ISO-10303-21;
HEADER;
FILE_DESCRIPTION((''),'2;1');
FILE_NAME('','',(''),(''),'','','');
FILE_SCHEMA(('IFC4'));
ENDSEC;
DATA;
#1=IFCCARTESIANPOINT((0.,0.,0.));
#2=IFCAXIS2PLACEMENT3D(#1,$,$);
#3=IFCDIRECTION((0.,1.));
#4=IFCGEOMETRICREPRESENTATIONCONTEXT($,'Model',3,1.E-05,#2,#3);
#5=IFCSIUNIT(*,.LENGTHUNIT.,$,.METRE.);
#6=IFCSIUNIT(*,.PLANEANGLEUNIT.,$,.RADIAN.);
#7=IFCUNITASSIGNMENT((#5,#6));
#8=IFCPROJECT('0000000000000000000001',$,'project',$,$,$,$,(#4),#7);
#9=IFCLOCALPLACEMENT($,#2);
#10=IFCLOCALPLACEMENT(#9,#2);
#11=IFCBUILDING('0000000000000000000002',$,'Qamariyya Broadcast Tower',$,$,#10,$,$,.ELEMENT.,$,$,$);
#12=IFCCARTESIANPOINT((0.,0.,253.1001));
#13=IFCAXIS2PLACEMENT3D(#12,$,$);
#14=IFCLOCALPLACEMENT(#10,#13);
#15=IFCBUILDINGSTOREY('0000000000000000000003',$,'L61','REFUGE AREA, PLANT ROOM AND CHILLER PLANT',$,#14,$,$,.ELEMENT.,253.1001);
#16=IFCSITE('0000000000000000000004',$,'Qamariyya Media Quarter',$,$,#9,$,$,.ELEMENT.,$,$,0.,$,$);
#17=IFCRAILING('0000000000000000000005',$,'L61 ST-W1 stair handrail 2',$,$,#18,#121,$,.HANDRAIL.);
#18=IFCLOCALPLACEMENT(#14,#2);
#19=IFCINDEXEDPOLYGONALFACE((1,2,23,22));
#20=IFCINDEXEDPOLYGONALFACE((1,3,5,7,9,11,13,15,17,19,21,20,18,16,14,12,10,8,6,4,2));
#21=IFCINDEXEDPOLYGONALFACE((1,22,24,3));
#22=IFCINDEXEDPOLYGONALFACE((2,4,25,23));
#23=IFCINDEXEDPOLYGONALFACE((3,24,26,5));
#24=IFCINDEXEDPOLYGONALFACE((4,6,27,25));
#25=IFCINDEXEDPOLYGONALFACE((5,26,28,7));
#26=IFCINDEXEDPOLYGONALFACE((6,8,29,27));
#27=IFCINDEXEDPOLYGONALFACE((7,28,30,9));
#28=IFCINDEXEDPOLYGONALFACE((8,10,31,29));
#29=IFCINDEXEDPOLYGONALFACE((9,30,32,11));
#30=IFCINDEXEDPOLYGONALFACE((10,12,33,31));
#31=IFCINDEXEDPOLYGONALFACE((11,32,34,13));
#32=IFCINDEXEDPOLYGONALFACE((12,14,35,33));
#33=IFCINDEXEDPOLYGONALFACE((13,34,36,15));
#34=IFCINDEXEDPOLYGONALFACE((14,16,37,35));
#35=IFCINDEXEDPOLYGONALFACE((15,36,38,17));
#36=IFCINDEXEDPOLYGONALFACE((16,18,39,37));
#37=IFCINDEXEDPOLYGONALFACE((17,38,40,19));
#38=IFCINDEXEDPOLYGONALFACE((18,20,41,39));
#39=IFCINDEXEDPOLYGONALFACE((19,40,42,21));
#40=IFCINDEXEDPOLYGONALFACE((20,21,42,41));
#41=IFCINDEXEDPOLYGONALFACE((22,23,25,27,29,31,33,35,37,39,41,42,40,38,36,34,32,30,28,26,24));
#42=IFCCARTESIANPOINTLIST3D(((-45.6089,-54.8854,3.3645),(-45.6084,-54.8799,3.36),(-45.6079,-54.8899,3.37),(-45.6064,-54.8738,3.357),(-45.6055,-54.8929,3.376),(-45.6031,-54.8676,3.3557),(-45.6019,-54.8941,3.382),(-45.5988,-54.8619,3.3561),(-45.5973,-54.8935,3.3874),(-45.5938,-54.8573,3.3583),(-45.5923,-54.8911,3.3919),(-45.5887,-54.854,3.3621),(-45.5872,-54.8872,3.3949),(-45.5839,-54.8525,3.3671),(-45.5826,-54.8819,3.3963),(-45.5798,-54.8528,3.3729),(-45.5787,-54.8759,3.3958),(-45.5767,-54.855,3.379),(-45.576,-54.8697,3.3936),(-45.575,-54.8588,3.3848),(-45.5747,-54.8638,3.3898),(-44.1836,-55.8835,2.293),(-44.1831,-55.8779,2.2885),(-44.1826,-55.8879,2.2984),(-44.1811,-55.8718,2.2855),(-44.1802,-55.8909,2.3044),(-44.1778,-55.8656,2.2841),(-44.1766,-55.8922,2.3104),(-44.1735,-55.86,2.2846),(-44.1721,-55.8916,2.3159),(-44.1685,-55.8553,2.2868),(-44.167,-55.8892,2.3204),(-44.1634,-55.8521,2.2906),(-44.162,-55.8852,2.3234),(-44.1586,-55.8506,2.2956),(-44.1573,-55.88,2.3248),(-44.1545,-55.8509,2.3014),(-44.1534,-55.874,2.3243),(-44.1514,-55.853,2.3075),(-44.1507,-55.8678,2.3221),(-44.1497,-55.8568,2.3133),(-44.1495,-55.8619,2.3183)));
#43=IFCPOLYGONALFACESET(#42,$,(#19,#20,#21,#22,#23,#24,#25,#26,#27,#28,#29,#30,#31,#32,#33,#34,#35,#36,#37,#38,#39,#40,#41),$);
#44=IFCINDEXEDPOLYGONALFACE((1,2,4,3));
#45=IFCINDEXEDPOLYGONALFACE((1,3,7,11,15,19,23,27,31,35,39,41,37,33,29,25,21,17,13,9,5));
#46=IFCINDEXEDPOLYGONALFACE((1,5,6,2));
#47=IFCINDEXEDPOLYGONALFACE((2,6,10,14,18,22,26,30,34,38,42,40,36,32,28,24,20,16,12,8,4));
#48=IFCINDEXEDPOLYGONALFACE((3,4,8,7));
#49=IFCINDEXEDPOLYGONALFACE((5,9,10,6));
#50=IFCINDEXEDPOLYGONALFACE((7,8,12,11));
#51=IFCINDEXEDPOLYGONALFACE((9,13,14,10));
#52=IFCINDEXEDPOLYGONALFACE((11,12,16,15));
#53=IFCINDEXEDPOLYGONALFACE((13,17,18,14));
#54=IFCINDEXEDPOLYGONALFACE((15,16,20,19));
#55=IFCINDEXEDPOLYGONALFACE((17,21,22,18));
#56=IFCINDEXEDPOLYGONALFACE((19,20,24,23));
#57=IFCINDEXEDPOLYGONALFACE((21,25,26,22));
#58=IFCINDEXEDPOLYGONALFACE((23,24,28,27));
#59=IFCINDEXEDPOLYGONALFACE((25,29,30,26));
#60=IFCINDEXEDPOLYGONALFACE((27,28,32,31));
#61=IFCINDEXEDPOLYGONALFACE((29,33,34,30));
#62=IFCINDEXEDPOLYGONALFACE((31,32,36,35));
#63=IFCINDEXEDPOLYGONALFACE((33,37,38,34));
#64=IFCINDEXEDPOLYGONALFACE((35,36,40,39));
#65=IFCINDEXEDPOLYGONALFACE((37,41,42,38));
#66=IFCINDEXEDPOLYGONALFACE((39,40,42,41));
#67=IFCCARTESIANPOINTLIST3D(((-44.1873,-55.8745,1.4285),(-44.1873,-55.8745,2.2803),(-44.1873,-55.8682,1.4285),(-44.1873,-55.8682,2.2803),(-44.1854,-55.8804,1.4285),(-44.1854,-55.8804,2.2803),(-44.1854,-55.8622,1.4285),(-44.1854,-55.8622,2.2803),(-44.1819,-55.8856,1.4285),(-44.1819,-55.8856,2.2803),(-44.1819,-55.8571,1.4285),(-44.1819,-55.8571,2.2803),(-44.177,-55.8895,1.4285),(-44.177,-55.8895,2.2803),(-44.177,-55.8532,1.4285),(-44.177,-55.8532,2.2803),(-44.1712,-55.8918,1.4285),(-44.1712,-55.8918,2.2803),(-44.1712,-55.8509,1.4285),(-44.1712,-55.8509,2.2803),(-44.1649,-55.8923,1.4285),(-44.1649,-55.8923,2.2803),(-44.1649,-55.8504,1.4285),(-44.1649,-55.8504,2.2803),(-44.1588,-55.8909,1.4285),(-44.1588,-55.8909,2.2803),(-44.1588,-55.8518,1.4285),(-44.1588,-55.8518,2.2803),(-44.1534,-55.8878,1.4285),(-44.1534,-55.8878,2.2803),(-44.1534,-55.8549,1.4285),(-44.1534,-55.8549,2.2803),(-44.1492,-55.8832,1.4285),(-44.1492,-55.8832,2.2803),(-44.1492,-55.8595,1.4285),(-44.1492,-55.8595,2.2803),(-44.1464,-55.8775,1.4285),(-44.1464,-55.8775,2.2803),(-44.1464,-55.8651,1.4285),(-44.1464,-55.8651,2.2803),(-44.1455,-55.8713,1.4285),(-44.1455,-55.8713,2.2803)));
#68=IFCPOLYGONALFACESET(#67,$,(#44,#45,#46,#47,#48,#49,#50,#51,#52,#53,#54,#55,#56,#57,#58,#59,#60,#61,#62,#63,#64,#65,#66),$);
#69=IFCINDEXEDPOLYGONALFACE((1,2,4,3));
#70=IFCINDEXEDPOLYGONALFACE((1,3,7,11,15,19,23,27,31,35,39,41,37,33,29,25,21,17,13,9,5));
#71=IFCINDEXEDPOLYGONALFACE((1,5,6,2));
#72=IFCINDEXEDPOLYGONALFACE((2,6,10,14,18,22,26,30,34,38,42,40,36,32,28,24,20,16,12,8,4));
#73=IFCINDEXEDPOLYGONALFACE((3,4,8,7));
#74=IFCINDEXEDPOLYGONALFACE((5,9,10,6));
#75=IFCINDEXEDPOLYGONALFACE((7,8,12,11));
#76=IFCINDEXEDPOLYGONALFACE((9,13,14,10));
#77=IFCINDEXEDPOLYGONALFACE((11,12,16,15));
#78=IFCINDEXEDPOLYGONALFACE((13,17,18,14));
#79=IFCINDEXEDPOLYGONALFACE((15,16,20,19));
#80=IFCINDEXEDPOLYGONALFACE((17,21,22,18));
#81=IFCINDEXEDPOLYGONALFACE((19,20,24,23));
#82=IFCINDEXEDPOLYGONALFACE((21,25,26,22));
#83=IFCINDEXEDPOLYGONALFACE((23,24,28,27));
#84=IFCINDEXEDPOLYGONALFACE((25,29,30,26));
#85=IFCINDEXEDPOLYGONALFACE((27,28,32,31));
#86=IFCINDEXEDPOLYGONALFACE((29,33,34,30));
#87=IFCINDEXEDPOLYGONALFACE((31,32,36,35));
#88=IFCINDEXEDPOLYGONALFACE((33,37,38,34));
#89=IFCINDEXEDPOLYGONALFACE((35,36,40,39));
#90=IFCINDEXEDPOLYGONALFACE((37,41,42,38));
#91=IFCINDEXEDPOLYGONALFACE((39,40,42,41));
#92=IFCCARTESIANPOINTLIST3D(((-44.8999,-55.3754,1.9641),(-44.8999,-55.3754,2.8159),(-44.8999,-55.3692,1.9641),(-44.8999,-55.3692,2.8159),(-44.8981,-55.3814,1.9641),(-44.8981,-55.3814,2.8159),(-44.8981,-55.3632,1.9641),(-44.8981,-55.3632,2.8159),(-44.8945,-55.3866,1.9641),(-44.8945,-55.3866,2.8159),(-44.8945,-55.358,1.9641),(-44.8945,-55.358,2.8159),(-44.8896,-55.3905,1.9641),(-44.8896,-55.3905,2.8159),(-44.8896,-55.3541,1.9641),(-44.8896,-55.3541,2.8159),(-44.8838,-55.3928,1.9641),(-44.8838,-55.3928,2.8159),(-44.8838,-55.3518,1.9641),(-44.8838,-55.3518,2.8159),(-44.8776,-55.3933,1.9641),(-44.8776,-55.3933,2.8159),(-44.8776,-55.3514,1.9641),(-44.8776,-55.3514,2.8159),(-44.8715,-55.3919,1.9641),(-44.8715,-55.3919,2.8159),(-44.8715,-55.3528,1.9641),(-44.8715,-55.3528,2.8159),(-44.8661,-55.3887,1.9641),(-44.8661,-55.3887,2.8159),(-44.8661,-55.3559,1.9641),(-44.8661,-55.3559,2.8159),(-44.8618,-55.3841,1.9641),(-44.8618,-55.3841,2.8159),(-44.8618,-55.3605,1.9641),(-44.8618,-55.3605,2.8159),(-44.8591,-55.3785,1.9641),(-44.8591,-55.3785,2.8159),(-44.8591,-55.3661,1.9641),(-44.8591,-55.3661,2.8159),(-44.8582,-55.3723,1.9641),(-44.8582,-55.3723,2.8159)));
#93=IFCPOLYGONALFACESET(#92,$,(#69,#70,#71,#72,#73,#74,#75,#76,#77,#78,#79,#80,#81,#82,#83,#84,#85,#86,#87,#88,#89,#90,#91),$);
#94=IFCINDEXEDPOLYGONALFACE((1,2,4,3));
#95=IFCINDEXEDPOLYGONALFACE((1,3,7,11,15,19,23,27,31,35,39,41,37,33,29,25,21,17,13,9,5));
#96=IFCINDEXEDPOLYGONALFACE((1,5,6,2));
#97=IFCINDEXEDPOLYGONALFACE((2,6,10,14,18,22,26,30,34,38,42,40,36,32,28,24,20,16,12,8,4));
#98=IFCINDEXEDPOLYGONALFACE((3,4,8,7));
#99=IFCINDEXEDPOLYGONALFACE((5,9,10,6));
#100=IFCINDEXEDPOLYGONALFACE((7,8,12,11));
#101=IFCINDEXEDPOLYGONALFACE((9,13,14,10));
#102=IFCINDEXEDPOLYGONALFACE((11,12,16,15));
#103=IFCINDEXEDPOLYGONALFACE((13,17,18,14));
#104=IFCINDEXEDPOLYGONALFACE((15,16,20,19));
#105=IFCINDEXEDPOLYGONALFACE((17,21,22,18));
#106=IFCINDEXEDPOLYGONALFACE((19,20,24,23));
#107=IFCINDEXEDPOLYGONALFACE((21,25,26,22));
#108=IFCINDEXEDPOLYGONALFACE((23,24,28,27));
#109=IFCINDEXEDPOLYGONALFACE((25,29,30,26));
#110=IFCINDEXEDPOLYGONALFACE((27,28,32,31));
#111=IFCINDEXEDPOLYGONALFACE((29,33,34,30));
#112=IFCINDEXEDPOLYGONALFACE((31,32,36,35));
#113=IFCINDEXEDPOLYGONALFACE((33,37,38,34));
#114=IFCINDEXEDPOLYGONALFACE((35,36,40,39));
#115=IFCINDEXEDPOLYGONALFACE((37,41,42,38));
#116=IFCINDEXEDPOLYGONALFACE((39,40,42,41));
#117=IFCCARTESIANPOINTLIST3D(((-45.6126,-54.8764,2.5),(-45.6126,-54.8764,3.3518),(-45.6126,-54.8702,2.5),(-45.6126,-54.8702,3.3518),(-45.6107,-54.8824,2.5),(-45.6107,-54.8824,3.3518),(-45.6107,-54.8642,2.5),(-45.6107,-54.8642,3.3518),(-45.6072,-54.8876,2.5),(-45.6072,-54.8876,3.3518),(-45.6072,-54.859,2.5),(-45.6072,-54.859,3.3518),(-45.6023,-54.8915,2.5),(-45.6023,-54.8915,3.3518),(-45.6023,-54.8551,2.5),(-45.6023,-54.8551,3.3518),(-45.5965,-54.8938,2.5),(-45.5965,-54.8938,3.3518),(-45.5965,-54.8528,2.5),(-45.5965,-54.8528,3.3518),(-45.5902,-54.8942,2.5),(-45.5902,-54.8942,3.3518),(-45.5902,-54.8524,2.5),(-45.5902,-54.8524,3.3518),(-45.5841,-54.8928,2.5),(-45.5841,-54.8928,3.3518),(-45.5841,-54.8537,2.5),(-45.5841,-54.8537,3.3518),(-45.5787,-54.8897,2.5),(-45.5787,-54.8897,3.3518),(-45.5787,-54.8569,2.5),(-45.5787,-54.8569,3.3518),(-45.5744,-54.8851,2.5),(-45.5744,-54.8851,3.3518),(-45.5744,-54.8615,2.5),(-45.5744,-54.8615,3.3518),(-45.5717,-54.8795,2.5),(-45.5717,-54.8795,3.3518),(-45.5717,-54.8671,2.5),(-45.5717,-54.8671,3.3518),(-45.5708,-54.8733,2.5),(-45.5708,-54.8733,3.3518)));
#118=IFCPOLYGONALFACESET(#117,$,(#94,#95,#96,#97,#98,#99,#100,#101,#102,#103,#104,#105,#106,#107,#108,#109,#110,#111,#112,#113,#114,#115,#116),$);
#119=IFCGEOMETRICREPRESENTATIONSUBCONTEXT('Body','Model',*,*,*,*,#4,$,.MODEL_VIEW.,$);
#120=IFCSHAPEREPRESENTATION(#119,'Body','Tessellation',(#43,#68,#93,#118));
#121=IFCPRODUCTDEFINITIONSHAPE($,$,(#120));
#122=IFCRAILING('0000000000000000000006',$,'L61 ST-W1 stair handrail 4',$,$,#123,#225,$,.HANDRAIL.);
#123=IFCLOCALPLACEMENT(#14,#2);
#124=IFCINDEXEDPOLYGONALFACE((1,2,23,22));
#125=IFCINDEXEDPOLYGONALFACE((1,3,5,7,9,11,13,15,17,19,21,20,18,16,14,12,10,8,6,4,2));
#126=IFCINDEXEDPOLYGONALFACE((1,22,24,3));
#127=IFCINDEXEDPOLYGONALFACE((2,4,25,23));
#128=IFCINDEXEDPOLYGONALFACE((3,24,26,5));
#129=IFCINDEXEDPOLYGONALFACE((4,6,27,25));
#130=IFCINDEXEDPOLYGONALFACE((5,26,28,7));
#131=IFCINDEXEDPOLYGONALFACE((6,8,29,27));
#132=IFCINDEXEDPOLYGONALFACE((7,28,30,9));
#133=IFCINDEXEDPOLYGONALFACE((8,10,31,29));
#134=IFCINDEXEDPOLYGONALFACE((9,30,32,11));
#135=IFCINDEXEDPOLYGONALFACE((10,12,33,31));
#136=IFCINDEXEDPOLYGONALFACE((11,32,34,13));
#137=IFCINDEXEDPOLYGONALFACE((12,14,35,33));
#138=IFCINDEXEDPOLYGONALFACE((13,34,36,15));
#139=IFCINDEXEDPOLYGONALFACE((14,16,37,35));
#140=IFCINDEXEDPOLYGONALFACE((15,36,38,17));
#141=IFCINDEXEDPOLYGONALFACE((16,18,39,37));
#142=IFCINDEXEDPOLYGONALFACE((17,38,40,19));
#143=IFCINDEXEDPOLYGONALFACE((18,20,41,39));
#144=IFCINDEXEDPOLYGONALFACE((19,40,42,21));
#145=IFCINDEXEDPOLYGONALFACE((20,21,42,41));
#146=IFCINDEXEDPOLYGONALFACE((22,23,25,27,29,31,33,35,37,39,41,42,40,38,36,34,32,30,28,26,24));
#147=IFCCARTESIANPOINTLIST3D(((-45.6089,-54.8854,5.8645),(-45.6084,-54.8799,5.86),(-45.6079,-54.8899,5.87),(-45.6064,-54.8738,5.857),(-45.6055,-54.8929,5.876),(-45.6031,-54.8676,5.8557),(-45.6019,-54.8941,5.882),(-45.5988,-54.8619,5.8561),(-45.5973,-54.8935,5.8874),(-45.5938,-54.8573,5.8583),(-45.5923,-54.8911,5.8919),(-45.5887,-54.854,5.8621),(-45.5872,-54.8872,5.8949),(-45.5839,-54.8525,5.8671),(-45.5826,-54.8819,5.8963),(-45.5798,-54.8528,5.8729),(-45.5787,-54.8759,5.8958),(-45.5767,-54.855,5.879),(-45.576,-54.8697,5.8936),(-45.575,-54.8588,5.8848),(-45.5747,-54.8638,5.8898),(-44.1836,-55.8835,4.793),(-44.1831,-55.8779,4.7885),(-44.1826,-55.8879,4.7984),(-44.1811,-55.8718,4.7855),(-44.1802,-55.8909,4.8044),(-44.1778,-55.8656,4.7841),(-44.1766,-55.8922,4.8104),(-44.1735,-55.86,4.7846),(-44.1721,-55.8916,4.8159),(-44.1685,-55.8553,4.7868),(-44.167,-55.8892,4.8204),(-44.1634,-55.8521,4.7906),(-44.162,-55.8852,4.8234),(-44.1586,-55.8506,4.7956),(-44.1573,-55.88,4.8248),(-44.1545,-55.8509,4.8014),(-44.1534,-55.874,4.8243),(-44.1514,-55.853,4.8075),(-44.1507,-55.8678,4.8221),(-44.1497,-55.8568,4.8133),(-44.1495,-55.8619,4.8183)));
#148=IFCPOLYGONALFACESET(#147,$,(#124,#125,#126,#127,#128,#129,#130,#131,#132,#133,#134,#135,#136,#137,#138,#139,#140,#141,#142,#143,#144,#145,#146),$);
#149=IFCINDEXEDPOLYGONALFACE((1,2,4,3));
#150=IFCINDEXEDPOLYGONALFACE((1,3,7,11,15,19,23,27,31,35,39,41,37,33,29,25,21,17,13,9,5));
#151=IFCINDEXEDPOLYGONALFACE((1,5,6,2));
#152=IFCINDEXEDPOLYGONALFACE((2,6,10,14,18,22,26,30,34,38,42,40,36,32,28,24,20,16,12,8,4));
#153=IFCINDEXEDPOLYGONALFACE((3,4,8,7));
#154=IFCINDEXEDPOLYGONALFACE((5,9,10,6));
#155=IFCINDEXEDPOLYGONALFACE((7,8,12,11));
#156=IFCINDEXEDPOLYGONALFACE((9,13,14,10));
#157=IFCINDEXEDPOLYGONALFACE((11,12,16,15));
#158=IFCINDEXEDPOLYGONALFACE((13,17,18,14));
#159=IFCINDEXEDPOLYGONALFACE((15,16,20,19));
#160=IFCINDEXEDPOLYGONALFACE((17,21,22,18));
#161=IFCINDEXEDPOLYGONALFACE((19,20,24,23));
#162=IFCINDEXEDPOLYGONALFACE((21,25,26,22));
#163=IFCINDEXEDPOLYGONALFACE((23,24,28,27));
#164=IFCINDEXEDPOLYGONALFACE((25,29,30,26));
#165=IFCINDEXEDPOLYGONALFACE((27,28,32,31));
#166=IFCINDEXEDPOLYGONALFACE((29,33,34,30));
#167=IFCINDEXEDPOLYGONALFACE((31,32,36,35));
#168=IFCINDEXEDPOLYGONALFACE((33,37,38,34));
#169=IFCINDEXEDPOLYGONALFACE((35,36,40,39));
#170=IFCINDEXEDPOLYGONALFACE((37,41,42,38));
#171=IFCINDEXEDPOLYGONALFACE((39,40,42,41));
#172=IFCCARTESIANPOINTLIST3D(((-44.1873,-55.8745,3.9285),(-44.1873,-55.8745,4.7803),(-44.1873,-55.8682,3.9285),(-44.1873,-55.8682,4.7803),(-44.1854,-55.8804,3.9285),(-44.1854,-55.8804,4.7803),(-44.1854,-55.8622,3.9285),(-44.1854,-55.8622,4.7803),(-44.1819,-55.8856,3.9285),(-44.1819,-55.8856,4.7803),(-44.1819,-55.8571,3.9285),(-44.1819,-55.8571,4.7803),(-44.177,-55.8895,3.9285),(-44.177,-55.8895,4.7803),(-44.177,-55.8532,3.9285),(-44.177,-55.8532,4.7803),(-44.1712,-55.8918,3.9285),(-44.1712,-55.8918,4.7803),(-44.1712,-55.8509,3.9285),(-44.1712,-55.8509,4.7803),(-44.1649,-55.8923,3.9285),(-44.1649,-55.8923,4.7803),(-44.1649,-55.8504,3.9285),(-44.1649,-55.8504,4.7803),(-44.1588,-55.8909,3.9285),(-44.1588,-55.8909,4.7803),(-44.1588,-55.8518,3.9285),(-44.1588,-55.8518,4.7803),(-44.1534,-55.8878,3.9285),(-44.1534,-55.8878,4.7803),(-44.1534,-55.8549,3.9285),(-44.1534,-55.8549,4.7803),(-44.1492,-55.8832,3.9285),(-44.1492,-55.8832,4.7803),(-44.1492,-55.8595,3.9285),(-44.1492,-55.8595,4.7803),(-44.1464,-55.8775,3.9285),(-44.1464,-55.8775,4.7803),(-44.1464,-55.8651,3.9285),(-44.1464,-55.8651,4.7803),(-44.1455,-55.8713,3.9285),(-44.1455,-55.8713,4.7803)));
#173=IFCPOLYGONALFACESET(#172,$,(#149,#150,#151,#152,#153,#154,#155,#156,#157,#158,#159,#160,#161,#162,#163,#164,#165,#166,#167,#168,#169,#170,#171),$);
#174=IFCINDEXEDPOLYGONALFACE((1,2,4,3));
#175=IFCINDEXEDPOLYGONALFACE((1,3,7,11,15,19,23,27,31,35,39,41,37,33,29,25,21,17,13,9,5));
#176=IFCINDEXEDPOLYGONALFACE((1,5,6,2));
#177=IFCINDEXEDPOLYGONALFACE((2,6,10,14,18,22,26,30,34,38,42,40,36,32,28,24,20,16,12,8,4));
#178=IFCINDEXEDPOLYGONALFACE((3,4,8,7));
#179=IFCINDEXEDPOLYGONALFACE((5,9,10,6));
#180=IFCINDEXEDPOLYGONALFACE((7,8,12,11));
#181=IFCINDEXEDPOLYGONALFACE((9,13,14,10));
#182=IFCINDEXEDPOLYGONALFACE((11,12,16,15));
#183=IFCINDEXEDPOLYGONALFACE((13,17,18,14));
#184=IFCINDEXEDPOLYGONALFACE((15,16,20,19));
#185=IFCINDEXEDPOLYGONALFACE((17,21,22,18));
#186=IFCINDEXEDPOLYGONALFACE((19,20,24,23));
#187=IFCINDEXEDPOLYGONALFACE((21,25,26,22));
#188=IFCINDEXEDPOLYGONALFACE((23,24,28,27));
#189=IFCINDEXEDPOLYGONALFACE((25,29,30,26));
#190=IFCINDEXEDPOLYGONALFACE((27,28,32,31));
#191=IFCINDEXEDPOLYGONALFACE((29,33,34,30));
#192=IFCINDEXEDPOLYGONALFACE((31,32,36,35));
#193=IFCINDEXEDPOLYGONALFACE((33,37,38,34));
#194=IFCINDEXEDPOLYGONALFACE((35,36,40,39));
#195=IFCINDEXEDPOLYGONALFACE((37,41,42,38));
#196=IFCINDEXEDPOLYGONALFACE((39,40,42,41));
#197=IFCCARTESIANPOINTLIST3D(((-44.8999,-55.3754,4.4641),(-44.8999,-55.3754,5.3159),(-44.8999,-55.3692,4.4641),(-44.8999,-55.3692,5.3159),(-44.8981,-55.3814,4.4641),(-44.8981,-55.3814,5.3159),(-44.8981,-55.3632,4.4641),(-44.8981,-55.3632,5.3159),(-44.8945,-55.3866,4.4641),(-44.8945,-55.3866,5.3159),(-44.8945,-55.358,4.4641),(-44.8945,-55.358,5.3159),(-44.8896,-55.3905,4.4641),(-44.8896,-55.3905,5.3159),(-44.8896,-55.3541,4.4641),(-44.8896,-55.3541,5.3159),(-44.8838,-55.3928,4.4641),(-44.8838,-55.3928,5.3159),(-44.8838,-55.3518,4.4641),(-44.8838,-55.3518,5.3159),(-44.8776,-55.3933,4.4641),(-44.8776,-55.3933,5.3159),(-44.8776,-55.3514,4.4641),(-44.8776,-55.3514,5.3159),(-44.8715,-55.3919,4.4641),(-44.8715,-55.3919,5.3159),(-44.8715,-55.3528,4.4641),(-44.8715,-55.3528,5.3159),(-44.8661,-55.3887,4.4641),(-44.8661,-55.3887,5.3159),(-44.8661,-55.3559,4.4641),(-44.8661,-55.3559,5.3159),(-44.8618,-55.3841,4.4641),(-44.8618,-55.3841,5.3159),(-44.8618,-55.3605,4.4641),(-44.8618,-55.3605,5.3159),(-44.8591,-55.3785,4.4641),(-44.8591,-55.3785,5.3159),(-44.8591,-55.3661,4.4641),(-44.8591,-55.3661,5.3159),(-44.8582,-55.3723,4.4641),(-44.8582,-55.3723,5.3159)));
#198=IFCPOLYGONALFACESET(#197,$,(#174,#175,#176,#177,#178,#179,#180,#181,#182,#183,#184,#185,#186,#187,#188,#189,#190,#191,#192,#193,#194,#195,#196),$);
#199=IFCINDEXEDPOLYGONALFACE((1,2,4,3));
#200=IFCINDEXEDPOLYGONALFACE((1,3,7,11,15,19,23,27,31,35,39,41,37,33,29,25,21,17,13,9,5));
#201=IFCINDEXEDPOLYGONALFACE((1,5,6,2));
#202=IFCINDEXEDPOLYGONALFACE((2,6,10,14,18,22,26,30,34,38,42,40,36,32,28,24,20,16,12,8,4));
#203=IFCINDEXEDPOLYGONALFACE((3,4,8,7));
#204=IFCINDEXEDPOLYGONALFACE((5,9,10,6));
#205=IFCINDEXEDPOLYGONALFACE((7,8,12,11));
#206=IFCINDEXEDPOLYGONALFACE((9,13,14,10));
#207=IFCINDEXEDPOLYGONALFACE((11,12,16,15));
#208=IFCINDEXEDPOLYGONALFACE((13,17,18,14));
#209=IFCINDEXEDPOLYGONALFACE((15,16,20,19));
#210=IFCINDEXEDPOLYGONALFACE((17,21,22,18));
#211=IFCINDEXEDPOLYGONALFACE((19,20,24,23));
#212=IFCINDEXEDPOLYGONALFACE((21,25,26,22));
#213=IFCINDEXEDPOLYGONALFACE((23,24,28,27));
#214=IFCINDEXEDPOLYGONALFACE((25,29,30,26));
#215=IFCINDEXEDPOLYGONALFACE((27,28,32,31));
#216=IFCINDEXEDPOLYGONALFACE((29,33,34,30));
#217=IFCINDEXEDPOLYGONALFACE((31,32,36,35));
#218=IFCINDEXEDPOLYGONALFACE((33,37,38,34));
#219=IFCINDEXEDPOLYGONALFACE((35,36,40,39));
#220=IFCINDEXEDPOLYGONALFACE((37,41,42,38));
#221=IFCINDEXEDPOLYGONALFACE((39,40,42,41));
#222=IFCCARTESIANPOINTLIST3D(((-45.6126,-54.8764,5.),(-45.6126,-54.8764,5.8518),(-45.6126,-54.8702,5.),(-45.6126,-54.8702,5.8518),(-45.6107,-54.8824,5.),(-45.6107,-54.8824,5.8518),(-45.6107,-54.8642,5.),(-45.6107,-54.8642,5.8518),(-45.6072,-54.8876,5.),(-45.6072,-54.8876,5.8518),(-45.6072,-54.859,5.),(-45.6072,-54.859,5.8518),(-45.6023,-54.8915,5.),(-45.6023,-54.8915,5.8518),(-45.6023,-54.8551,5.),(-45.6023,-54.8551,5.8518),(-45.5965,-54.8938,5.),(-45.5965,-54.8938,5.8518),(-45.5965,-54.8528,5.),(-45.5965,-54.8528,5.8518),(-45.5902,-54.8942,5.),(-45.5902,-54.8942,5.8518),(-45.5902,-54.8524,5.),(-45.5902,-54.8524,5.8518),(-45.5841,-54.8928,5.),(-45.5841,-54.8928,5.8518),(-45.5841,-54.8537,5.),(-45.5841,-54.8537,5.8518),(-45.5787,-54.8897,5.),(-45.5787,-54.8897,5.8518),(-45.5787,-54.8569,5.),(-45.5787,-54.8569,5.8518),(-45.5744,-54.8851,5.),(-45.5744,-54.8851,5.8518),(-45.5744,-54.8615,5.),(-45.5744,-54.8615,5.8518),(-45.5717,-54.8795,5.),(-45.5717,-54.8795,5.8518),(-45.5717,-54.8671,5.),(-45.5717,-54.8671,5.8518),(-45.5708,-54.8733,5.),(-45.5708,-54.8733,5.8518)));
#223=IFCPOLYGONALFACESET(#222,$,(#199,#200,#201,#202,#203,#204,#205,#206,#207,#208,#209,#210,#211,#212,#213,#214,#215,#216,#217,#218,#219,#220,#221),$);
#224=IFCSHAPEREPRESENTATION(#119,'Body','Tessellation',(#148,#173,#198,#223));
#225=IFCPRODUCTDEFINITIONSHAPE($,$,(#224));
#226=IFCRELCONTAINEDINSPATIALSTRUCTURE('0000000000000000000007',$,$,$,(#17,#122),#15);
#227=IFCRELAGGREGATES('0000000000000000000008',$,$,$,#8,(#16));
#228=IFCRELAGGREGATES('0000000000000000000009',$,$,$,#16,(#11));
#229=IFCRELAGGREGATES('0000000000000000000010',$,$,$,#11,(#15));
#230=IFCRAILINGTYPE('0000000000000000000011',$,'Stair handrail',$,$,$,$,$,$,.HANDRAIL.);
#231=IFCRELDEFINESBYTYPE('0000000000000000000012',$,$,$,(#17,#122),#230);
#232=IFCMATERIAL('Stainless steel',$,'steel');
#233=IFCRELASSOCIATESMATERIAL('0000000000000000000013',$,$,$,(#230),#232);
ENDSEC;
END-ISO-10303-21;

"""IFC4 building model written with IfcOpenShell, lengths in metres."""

from ifc_helpers import new_model, si_unit, direction, frame, origin, origin_2d, place, context, subcontext, project, spatial, circle, extrude, material, type_object, element, save


model = new_model("IFC4")

# Units and contexts
model_context = context("Model", 3, precision=1e-05, world=origin(), true_north=direction((0.0, 1.0)))
body_context = subcontext(model_context, "Body", "Model", "MODEL_VIEW")
ifc_project = project(units=[si_unit("LENGTHUNIT", "METRE"), si_unit("PLANEANGLEUNIT", "RADIAN")], contexts=[model_context])

# Site, building, storey
site_placement = place(None, origin())
site = spatial("IfcSite", under=ifc_project, at=site_placement, Name="Qamariyya Media Quarter", CompositionType="ELEMENT", RefElevation=0.0)
building_placement = place(site_placement, origin())
building = spatial("IfcBuilding", under=site, at=building_placement, Name="Qamariyya Broadcast Tower", CompositionType="ELEMENT")
storey_placement = place(building_placement, frame((0.0, 0.0, 253.1001)))
storey = spatial("IfcBuildingStorey", under=building, at=storey_placement, Name="L61", Description="REFUGE AREA, PLANT ROOM AND CHILLER PLANT", CompositionType="ELEMENT", Elevation=253.1001)

# Railings
ifc_material_1 = material(Name="Stainless steel", Category="steel")
railing_type_1 = type_object("IfcRailingType", Name="Stair handrail", PredefinedType="HANDRAIL", material=ifc_material_1)
for number, where, name in (
    (1, (-44.1665, -55.8713, 1.4285), "L61 ST-W1 stair handrail 2"),
    (2, (-44.1665, -55.8713, 3.9285), "L61 ST-W1 stair handrail 4"),
):
    element("IfcRailing", number, at=place(storey_placement, frame(where)), inside=storey, type_object=railing_type_1, Name=name, PredefinedType="HANDRAIL", context=body_context, shape_type="SweptSolid", body=[
        extrude(circle(Radius=0.0239, at=origin_2d()), frame((0.0, 0.0, 0.876), z_axis=(-0.697489, 0.48841, 0.524371), x_axis=(-0.573594, -0.81914, 0.0)), (0.0, 0.0, 1.0), 2.0435),
        extrude(circle(Radius=0.021, at=origin_2d()), origin(), (0.0, 0.0, 1.0), 0.8518),
        extrude(circle(Radius=0.021, at=origin_2d()), frame((-0.7126, 0.499, 0.5356)), (0.0, 0.0, 1.0), 0.8518),
        extrude(circle(Radius=0.021, at=origin_2d()), frame((-1.4253, 0.998, 1.0715)), (0.0, 0.0, 1.0), 0.8518),
    ])

save(model, "model.ifc")
